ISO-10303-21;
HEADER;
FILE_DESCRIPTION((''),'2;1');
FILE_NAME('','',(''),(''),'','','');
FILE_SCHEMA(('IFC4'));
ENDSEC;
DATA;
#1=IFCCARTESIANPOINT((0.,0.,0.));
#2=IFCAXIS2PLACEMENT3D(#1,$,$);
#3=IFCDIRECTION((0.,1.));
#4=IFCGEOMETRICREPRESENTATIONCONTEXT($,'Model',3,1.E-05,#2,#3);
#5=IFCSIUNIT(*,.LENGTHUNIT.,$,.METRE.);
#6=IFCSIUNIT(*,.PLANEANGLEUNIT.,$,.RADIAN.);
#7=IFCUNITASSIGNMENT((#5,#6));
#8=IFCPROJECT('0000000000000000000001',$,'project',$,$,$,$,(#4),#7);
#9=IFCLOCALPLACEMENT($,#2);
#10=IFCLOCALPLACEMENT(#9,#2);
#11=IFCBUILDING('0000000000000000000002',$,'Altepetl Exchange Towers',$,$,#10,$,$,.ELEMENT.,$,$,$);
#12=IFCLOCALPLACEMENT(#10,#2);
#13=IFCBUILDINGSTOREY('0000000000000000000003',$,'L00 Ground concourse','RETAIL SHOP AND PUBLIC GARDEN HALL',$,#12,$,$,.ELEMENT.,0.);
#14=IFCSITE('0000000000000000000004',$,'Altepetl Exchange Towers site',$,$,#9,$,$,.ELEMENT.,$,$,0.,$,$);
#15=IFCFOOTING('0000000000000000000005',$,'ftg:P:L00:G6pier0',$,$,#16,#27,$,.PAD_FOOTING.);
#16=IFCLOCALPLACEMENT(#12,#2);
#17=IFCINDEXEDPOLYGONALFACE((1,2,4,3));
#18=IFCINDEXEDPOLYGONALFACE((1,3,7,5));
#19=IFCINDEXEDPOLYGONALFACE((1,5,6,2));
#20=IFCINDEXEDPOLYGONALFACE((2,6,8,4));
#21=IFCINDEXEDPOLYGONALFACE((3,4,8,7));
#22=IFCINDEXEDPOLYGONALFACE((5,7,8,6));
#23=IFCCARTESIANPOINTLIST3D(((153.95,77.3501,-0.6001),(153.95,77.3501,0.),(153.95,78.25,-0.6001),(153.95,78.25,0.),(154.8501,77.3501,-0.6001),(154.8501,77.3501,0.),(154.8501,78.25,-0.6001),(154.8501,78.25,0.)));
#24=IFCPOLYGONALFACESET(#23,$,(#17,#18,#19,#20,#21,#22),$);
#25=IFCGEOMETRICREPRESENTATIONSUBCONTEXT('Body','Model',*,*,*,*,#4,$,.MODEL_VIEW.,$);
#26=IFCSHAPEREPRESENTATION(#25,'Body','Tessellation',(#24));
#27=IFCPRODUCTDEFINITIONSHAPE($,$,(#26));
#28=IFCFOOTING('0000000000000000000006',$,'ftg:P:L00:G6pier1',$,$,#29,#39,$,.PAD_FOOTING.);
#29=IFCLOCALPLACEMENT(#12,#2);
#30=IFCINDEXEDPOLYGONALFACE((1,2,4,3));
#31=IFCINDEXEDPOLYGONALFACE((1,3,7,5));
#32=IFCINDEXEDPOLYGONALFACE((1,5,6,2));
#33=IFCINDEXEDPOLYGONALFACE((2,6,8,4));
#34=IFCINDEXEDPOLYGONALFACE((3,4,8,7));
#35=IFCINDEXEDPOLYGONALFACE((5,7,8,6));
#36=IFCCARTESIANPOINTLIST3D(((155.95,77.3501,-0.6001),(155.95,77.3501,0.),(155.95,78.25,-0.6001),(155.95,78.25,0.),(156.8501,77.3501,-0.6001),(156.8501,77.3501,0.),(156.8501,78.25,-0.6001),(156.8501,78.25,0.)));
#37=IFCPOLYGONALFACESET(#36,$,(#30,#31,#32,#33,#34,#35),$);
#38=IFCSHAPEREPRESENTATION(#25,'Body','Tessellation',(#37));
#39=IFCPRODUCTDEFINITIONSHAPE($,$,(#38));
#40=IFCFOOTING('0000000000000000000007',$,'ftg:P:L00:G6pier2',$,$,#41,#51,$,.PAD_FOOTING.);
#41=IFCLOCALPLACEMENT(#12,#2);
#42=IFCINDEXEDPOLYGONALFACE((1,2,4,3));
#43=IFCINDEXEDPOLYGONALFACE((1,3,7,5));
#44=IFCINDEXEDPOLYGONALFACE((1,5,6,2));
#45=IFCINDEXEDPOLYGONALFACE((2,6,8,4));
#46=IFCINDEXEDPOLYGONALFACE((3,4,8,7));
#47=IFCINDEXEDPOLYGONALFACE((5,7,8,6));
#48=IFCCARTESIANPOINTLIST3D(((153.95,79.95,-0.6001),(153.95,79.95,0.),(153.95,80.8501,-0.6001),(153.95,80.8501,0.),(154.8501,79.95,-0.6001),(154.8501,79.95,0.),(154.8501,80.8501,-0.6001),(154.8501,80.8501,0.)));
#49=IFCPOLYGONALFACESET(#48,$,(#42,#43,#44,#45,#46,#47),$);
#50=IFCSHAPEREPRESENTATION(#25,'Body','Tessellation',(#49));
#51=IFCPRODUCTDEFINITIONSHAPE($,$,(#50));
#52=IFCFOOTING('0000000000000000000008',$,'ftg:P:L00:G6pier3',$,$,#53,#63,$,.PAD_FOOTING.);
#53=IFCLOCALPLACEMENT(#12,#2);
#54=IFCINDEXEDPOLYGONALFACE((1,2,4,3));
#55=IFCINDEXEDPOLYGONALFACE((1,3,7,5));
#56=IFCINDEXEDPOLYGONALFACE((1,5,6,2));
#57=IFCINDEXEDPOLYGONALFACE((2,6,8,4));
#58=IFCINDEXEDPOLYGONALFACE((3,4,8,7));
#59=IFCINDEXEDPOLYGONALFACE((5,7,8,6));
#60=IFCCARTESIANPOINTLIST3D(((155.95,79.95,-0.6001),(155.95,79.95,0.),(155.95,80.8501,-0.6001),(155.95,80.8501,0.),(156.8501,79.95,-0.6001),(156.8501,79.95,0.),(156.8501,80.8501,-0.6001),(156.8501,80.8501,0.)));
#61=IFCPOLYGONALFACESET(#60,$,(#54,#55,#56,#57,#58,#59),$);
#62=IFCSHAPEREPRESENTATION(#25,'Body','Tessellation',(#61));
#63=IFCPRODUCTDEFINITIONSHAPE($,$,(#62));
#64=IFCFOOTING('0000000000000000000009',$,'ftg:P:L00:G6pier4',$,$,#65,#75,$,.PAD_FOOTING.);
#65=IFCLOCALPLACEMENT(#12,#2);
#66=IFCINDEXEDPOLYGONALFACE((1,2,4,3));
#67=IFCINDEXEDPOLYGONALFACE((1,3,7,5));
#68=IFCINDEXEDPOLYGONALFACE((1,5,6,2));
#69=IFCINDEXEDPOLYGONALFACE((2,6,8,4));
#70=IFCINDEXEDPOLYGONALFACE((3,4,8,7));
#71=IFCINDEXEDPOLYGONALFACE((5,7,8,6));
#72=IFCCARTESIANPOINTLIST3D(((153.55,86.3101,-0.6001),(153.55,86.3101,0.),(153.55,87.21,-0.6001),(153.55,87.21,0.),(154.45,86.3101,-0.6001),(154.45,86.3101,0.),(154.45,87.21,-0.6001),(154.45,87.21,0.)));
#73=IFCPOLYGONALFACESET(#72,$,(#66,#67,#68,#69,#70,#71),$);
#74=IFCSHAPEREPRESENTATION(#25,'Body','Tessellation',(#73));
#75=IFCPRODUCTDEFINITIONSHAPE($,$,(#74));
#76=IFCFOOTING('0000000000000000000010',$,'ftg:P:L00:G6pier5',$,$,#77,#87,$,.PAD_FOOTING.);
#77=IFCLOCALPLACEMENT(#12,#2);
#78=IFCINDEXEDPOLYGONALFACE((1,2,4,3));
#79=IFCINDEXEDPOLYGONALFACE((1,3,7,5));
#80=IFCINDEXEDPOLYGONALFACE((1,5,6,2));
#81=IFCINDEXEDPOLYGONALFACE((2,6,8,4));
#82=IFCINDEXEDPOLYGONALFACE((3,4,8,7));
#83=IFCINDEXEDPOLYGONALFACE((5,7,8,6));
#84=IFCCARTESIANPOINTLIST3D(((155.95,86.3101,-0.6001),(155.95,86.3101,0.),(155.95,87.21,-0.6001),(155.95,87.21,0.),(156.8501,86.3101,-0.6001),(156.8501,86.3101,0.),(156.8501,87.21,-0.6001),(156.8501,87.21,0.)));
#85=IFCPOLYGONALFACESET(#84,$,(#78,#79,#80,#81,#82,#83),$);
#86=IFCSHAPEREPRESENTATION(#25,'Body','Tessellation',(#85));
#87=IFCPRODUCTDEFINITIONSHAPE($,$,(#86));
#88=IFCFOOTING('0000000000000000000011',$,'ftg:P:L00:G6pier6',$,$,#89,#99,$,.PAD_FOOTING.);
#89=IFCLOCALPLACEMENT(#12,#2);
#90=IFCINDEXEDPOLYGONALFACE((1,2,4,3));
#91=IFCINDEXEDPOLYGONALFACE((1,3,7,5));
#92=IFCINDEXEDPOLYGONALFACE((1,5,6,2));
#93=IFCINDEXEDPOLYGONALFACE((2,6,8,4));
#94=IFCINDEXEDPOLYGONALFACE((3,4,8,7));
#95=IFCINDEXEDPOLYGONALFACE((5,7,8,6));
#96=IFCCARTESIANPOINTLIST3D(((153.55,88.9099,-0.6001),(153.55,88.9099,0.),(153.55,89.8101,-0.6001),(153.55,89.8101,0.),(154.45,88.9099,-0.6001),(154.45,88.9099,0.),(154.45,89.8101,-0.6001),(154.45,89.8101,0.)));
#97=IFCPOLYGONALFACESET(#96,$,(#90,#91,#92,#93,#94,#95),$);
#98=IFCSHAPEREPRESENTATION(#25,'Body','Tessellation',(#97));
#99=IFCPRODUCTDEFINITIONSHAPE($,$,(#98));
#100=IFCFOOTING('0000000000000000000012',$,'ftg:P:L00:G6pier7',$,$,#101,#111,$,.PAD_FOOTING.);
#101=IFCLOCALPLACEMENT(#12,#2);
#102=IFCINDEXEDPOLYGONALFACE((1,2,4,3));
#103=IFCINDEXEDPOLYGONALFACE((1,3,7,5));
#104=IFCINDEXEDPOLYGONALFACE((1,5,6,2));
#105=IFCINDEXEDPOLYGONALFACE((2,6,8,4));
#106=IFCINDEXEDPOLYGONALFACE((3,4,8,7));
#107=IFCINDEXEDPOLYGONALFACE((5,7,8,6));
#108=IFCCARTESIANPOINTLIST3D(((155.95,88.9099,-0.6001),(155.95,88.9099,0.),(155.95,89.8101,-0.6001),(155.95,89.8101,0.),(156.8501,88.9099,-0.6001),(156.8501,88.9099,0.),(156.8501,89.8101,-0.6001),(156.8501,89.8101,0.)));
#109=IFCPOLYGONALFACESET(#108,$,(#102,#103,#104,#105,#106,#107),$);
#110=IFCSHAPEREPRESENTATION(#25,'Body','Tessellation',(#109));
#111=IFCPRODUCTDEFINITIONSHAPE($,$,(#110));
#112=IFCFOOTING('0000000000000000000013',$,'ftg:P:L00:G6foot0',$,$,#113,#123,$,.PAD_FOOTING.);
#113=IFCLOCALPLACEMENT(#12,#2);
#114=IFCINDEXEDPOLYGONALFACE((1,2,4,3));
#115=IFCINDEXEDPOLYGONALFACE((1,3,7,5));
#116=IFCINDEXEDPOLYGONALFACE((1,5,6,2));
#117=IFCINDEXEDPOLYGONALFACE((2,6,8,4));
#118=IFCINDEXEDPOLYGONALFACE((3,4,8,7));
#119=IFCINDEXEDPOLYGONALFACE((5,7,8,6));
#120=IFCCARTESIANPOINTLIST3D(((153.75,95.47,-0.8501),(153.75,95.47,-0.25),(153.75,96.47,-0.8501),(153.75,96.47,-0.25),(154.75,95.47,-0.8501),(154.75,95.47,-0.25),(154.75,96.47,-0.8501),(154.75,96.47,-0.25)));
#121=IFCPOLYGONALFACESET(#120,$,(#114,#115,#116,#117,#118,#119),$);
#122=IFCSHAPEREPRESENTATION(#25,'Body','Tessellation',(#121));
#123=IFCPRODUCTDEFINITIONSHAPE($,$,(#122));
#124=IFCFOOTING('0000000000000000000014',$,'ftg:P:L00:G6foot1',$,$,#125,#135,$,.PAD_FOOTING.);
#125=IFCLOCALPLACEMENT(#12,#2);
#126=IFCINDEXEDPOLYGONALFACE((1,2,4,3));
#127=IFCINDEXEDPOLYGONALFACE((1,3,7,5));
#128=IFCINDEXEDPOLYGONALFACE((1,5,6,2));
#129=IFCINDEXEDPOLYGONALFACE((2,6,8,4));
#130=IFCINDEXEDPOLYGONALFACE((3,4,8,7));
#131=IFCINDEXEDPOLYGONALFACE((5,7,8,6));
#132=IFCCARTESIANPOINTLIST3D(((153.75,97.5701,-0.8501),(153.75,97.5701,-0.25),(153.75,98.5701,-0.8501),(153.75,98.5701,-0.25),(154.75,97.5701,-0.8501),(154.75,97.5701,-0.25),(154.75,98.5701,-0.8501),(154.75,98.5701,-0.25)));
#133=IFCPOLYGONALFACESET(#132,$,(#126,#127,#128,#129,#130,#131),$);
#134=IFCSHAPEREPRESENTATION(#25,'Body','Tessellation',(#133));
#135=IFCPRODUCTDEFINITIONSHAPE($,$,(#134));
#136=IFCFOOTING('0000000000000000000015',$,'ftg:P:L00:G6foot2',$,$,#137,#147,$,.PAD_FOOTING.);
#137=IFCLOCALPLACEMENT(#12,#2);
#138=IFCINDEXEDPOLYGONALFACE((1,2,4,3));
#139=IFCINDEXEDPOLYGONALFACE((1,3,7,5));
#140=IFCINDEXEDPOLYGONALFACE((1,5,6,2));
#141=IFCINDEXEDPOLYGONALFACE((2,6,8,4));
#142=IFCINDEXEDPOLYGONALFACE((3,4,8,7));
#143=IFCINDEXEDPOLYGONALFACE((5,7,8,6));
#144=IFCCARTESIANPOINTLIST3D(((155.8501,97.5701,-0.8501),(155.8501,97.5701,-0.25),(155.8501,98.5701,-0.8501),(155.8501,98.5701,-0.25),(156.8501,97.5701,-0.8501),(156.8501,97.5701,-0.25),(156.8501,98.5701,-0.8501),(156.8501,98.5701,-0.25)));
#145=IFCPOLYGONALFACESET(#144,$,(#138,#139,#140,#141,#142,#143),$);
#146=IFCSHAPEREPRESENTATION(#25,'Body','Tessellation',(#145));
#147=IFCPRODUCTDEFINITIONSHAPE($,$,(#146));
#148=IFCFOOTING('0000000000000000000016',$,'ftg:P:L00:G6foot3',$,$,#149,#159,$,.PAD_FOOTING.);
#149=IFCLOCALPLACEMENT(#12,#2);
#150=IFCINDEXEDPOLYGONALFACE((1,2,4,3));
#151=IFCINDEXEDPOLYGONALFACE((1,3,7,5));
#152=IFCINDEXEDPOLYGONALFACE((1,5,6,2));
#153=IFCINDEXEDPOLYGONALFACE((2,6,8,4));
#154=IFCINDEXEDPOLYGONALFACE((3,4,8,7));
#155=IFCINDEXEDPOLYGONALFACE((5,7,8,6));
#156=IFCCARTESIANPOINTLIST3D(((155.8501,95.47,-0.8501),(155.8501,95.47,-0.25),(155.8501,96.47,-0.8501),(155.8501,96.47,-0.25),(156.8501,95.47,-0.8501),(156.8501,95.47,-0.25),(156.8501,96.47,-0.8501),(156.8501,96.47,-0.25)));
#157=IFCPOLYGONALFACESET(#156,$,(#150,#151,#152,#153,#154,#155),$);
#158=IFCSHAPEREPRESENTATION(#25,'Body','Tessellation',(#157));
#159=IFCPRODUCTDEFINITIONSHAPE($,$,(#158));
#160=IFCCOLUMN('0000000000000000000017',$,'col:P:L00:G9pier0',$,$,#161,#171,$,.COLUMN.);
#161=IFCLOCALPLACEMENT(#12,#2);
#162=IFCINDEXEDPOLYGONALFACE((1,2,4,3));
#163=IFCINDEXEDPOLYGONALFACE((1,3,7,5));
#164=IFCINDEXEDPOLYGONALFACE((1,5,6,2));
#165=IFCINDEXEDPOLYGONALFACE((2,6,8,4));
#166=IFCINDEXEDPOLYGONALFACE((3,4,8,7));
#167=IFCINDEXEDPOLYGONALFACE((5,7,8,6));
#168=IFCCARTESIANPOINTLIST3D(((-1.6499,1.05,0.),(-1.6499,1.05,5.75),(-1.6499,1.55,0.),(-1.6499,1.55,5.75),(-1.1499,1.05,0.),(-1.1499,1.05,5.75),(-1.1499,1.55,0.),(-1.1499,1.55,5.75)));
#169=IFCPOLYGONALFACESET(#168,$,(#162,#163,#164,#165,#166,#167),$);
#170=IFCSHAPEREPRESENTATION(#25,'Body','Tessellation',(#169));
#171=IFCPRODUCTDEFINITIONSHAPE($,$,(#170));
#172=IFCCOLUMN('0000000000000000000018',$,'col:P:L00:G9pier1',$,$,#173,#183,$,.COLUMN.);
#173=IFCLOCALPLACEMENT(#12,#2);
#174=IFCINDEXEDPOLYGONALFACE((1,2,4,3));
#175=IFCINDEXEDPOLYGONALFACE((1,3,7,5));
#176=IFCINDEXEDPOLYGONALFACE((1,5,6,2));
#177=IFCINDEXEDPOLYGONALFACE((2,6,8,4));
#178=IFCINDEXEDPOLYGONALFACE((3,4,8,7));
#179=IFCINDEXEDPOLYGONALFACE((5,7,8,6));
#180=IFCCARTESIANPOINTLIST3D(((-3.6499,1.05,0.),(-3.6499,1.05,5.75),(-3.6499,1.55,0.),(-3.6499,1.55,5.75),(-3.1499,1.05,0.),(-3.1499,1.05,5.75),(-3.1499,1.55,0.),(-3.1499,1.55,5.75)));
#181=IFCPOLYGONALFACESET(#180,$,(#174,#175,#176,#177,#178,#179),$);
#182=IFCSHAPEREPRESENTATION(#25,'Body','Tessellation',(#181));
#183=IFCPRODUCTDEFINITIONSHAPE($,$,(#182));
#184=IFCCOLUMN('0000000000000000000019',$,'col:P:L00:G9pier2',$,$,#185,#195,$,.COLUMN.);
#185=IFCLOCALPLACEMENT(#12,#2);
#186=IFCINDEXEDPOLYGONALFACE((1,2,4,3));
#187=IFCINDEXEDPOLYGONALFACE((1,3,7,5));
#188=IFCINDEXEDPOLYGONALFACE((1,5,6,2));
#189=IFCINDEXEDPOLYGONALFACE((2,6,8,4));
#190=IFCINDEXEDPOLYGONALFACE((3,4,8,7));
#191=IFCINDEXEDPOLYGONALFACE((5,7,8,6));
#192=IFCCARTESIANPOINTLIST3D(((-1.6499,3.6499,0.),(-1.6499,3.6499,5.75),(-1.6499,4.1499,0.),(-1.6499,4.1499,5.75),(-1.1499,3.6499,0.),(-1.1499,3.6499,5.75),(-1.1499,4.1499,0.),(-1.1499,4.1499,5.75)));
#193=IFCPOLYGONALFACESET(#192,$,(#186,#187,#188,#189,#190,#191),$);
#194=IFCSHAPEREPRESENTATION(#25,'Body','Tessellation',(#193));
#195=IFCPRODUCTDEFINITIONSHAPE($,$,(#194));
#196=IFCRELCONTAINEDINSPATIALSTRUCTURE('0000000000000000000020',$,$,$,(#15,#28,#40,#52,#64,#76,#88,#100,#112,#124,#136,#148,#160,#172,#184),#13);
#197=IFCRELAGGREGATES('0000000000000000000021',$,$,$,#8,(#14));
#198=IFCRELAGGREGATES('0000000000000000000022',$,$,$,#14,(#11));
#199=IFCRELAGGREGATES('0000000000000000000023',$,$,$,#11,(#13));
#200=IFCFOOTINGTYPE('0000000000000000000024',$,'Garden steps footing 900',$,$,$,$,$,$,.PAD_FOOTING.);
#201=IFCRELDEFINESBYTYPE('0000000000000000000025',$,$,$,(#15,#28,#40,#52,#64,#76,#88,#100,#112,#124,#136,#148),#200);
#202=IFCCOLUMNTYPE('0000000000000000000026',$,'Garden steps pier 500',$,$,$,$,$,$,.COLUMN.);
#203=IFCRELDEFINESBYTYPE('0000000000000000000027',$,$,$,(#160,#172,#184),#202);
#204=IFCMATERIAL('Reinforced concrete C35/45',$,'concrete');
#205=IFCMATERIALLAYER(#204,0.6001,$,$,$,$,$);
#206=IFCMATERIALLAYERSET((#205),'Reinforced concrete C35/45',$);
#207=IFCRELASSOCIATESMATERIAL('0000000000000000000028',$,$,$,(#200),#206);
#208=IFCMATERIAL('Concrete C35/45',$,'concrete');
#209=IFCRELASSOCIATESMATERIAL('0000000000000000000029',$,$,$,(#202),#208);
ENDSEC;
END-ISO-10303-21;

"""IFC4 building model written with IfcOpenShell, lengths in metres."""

from ifc_helpers import new_model, si_unit, direction, frame, origin, origin_2d, place, context, subcontext, project, spatial, polyline, rectangle, outline, extrude, material, layer, layer_set, material_profile, profile_set, type_object, element, save


model = new_model("IFC4")

# Units and contexts
model_context = context("Model", 3, precision=1e-05, world=origin(), true_north=direction((0.0, 1.0)))
body_context = subcontext(model_context, "Body", "Model", "MODEL_VIEW")
ifc_project = project(units=[si_unit("LENGTHUNIT", "METRE"), si_unit("PLANEANGLEUNIT", "RADIAN")], contexts=[model_context])

# Site, building, storey
site_placement = place(None, origin())
site = spatial("IfcSite", under=ifc_project, at=site_placement, Name="Altepetl Exchange Towers site", CompositionType="ELEMENT", RefElevation=0.0)
building_placement = place(site_placement, origin())
building = spatial("IfcBuilding", under=site, at=building_placement, Name="Altepetl Exchange Towers", CompositionType="ELEMENT")
storey_placement = place(building_placement, origin())
storey = spatial("IfcBuildingStorey", under=building, at=storey_placement, Name="L00 Ground concourse", Description="RETAIL SHOP AND PUBLIC GARDEN HALL", CompositionType="ELEMENT", Elevation=0.0)

# Footings
ifc_material_1 = material(Name="Reinforced concrete C35/45", Category="concrete")
ifc_layer_1 = layer(ifc_material_1, 0.6001)
ifc_layer_set_1 = layer_set([ifc_layer_1], Name="Reinforced concrete C35/45")
footing_type = type_object("IfcFootingType", Name="Garden steps footing 900", PredefinedType="PAD_FOOTING", material=ifc_layer_set_1)
footing_1_placement = place(storey_placement, frame((0.0, 0.0, -0.6001)))
element("IfcFooting", 1, at=footing_1_placement, inside=storey, type_object=footing_type, Name="ftg:P:L00:G6pier0", PredefinedType="PAD_FOOTING", context=body_context, shape_type="SweptSolid", body=[
    extrude(outline(polyline([(153.95, 77.3501), (154.8501, 77.3501), (154.8501, 78.25), (153.95, 78.25), (153.95, 77.3501)])), origin(), (0.0, 0.0, 1.0), 0.6001),
])
footing_2_placement = place(storey_placement, frame((0.0, 0.0, -0.6001)))
element("IfcFooting", 2, at=footing_2_placement, inside=storey, type_object=footing_type, Name="ftg:P:L00:G6pier1", PredefinedType="PAD_FOOTING", context=body_context, shape_type="SweptSolid", body=[
    extrude(outline(polyline([(155.95, 77.3501), (156.8501, 77.3501), (156.8501, 78.25), (155.95, 78.25), (155.95, 77.3501)])), origin(), (0.0, 0.0, 1.0), 0.6001),
])
footing_3_placement = place(storey_placement, frame((0.0, 0.0, -0.6001)))
element("IfcFooting", 3, at=footing_3_placement, inside=storey, type_object=footing_type, Name="ftg:P:L00:G6pier2", PredefinedType="PAD_FOOTING", context=body_context, shape_type="SweptSolid", body=[
    extrude(outline(polyline([(153.95, 79.95), (154.8501, 79.95), (154.8501, 80.8501), (153.95, 80.8501), (153.95, 79.95)])), origin(), (0.0, 0.0, 1.0), 0.6001),
])
footing_4_placement = place(storey_placement, frame((0.0, 0.0, -0.6001)))
element("IfcFooting", 4, at=footing_4_placement, inside=storey, type_object=footing_type, Name="ftg:P:L00:G6pier3", PredefinedType="PAD_FOOTING", context=body_context, shape_type="SweptSolid", body=[
    extrude(outline(polyline([(155.95, 79.95), (156.8501, 79.95), (156.8501, 80.8501), (155.95, 80.8501), (155.95, 79.95)])), origin(), (0.0, 0.0, 1.0), 0.6001),
])
footing_5_placement = place(storey_placement, frame((0.0, 0.0, -0.6001)))
element("IfcFooting", 5, at=footing_5_placement, inside=storey, type_object=footing_type, Name="ftg:P:L00:G6pier4", PredefinedType="PAD_FOOTING", context=body_context, shape_type="SweptSolid", body=[
    extrude(outline(polyline([(153.55, 86.3101), (154.45, 86.3101), (154.45, 87.21), (153.55, 87.21), (153.55, 86.3101)])), origin(), (0.0, 0.0, 1.0), 0.6001),
])
footing_6_placement = place(storey_placement, frame((0.0, 0.0, -0.6001)))
element("IfcFooting", 6, at=footing_6_placement, inside=storey, type_object=footing_type, Name="ftg:P:L00:G6pier5", PredefinedType="PAD_FOOTING", context=body_context, shape_type="SweptSolid", body=[
    extrude(outline(polyline([(155.95, 86.3101), (156.8501, 86.3101), (156.8501, 87.21), (155.95, 87.21), (155.95, 86.3101)])), origin(), (0.0, 0.0, 1.0), 0.6001),
])
footing_7_placement = place(storey_placement, frame((0.0, 0.0, -0.6001)))
element("IfcFooting", 7, at=footing_7_placement, inside=storey, type_object=footing_type, Name="ftg:P:L00:G6pier6", PredefinedType="PAD_FOOTING", context=body_context, shape_type="SweptSolid", body=[
    extrude(outline(polyline([(153.55, 88.9099), (154.45, 88.9099), (154.45, 89.8101), (153.55, 89.8101), (153.55, 88.9099)])), origin(), (0.0, 0.0, 1.0), 0.6001),
])
footing_8_placement = place(storey_placement, frame((0.0, 0.0, -0.6001)))
element("IfcFooting", 8, at=footing_8_placement, inside=storey, type_object=footing_type, Name="ftg:P:L00:G6pier7", PredefinedType="PAD_FOOTING", context=body_context, shape_type="SweptSolid", body=[
    extrude(outline(polyline([(155.95, 88.9099), (156.8501, 88.9099), (156.8501, 89.8101), (155.95, 89.8101), (155.95, 88.9099)])), origin(), (0.0, 0.0, 1.0), 0.6001),
])
footing_9_placement = place(storey_placement, frame((0.0, 0.0, -0.8501)))
element("IfcFooting", 9, at=footing_9_placement, inside=storey, type_object=footing_type, Name="ftg:P:L00:G6foot0", PredefinedType="PAD_FOOTING", context=body_context, shape_type="SweptSolid", body=[
    extrude(outline(polyline([(153.75, 95.47), (154.75, 95.47), (154.75, 96.47), (153.75, 96.47), (153.75, 95.47)])), origin(), (0.0, 0.0, 1.0), 0.6001),
])
footing_10_placement = place(storey_placement, frame((0.0, 0.0, -0.8501)))
element("IfcFooting", 10, at=footing_10_placement, inside=storey, type_object=footing_type, Name="ftg:P:L00:G6foot1", PredefinedType="PAD_FOOTING", context=body_context, shape_type="SweptSolid", body=[
    extrude(outline(polyline([(153.75, 97.5701), (154.75, 97.5701), (154.75, 98.5701), (153.75, 98.5701), (153.75, 97.5701)])), origin(), (0.0, 0.0, 1.0), 0.6001),
])
footing_11_placement = place(storey_placement, frame((0.0, 0.0, -0.8501)))
element("IfcFooting", 11, at=footing_11_placement, inside=storey, type_object=footing_type, Name="ftg:P:L00:G6foot2", PredefinedType="PAD_FOOTING", context=body_context, shape_type="SweptSolid", body=[
    extrude(outline(polyline([(155.8501, 97.5701), (156.8501, 97.5701), (156.8501, 98.5701), (155.8501, 98.5701), (155.8501, 97.5701)])), origin(), (0.0, 0.0, 1.0), 0.6001),
])
footing_12_placement = place(storey_placement, frame((0.0, 0.0, -0.8501)))
element("IfcFooting", 12, at=footing_12_placement, inside=storey, type_object=footing_type, Name="ftg:P:L00:G6foot3", PredefinedType="PAD_FOOTING", context=body_context, shape_type="SweptSolid", body=[
    extrude(outline(polyline([(155.8501, 95.47), (156.8501, 95.47), (156.8501, 96.47), (155.8501, 96.47), (155.8501, 95.47)])), origin(), (0.0, 0.0, 1.0), 0.6001),
])

# Columns
ifc_material_2 = material(Name="Concrete C35/45", Category="concrete")
ifc_material_profile = material_profile(ifc_material_2, rectangle(XDim=0.5, YDim=0.5, at=origin_2d()), Name="500 x 500")
ifc_profile_set = profile_set([ifc_material_profile], Name="Concrete C35/45")
column_type = type_object("IfcColumnType", Name="Garden steps pier 500", PredefinedType="COLUMN", material=ifc_profile_set)
for number, where, name in (
    (13, (-1.3999, 1.3, 0.0), "col:P:L00:G9pier0"),
    (14, (-3.3999, 1.3, 0.0), "col:P:L00:G9pier1"),
    (15, (-1.3999, 3.8999, 0.0), "col:P:L00:G9pier2"),
):
    element("IfcColumn", number, at=place(storey_placement, frame(where)), inside=storey, type_object=column_type, Name=name, PredefinedType="COLUMN", context=body_context, shape_type="SweptSolid", body=[
        extrude(rectangle(XDim=0.5, YDim=0.5, at=origin_2d()), origin(), (0.0, 0.0, 1.0), 5.75),
    ])

save(model, "model.ifc")
